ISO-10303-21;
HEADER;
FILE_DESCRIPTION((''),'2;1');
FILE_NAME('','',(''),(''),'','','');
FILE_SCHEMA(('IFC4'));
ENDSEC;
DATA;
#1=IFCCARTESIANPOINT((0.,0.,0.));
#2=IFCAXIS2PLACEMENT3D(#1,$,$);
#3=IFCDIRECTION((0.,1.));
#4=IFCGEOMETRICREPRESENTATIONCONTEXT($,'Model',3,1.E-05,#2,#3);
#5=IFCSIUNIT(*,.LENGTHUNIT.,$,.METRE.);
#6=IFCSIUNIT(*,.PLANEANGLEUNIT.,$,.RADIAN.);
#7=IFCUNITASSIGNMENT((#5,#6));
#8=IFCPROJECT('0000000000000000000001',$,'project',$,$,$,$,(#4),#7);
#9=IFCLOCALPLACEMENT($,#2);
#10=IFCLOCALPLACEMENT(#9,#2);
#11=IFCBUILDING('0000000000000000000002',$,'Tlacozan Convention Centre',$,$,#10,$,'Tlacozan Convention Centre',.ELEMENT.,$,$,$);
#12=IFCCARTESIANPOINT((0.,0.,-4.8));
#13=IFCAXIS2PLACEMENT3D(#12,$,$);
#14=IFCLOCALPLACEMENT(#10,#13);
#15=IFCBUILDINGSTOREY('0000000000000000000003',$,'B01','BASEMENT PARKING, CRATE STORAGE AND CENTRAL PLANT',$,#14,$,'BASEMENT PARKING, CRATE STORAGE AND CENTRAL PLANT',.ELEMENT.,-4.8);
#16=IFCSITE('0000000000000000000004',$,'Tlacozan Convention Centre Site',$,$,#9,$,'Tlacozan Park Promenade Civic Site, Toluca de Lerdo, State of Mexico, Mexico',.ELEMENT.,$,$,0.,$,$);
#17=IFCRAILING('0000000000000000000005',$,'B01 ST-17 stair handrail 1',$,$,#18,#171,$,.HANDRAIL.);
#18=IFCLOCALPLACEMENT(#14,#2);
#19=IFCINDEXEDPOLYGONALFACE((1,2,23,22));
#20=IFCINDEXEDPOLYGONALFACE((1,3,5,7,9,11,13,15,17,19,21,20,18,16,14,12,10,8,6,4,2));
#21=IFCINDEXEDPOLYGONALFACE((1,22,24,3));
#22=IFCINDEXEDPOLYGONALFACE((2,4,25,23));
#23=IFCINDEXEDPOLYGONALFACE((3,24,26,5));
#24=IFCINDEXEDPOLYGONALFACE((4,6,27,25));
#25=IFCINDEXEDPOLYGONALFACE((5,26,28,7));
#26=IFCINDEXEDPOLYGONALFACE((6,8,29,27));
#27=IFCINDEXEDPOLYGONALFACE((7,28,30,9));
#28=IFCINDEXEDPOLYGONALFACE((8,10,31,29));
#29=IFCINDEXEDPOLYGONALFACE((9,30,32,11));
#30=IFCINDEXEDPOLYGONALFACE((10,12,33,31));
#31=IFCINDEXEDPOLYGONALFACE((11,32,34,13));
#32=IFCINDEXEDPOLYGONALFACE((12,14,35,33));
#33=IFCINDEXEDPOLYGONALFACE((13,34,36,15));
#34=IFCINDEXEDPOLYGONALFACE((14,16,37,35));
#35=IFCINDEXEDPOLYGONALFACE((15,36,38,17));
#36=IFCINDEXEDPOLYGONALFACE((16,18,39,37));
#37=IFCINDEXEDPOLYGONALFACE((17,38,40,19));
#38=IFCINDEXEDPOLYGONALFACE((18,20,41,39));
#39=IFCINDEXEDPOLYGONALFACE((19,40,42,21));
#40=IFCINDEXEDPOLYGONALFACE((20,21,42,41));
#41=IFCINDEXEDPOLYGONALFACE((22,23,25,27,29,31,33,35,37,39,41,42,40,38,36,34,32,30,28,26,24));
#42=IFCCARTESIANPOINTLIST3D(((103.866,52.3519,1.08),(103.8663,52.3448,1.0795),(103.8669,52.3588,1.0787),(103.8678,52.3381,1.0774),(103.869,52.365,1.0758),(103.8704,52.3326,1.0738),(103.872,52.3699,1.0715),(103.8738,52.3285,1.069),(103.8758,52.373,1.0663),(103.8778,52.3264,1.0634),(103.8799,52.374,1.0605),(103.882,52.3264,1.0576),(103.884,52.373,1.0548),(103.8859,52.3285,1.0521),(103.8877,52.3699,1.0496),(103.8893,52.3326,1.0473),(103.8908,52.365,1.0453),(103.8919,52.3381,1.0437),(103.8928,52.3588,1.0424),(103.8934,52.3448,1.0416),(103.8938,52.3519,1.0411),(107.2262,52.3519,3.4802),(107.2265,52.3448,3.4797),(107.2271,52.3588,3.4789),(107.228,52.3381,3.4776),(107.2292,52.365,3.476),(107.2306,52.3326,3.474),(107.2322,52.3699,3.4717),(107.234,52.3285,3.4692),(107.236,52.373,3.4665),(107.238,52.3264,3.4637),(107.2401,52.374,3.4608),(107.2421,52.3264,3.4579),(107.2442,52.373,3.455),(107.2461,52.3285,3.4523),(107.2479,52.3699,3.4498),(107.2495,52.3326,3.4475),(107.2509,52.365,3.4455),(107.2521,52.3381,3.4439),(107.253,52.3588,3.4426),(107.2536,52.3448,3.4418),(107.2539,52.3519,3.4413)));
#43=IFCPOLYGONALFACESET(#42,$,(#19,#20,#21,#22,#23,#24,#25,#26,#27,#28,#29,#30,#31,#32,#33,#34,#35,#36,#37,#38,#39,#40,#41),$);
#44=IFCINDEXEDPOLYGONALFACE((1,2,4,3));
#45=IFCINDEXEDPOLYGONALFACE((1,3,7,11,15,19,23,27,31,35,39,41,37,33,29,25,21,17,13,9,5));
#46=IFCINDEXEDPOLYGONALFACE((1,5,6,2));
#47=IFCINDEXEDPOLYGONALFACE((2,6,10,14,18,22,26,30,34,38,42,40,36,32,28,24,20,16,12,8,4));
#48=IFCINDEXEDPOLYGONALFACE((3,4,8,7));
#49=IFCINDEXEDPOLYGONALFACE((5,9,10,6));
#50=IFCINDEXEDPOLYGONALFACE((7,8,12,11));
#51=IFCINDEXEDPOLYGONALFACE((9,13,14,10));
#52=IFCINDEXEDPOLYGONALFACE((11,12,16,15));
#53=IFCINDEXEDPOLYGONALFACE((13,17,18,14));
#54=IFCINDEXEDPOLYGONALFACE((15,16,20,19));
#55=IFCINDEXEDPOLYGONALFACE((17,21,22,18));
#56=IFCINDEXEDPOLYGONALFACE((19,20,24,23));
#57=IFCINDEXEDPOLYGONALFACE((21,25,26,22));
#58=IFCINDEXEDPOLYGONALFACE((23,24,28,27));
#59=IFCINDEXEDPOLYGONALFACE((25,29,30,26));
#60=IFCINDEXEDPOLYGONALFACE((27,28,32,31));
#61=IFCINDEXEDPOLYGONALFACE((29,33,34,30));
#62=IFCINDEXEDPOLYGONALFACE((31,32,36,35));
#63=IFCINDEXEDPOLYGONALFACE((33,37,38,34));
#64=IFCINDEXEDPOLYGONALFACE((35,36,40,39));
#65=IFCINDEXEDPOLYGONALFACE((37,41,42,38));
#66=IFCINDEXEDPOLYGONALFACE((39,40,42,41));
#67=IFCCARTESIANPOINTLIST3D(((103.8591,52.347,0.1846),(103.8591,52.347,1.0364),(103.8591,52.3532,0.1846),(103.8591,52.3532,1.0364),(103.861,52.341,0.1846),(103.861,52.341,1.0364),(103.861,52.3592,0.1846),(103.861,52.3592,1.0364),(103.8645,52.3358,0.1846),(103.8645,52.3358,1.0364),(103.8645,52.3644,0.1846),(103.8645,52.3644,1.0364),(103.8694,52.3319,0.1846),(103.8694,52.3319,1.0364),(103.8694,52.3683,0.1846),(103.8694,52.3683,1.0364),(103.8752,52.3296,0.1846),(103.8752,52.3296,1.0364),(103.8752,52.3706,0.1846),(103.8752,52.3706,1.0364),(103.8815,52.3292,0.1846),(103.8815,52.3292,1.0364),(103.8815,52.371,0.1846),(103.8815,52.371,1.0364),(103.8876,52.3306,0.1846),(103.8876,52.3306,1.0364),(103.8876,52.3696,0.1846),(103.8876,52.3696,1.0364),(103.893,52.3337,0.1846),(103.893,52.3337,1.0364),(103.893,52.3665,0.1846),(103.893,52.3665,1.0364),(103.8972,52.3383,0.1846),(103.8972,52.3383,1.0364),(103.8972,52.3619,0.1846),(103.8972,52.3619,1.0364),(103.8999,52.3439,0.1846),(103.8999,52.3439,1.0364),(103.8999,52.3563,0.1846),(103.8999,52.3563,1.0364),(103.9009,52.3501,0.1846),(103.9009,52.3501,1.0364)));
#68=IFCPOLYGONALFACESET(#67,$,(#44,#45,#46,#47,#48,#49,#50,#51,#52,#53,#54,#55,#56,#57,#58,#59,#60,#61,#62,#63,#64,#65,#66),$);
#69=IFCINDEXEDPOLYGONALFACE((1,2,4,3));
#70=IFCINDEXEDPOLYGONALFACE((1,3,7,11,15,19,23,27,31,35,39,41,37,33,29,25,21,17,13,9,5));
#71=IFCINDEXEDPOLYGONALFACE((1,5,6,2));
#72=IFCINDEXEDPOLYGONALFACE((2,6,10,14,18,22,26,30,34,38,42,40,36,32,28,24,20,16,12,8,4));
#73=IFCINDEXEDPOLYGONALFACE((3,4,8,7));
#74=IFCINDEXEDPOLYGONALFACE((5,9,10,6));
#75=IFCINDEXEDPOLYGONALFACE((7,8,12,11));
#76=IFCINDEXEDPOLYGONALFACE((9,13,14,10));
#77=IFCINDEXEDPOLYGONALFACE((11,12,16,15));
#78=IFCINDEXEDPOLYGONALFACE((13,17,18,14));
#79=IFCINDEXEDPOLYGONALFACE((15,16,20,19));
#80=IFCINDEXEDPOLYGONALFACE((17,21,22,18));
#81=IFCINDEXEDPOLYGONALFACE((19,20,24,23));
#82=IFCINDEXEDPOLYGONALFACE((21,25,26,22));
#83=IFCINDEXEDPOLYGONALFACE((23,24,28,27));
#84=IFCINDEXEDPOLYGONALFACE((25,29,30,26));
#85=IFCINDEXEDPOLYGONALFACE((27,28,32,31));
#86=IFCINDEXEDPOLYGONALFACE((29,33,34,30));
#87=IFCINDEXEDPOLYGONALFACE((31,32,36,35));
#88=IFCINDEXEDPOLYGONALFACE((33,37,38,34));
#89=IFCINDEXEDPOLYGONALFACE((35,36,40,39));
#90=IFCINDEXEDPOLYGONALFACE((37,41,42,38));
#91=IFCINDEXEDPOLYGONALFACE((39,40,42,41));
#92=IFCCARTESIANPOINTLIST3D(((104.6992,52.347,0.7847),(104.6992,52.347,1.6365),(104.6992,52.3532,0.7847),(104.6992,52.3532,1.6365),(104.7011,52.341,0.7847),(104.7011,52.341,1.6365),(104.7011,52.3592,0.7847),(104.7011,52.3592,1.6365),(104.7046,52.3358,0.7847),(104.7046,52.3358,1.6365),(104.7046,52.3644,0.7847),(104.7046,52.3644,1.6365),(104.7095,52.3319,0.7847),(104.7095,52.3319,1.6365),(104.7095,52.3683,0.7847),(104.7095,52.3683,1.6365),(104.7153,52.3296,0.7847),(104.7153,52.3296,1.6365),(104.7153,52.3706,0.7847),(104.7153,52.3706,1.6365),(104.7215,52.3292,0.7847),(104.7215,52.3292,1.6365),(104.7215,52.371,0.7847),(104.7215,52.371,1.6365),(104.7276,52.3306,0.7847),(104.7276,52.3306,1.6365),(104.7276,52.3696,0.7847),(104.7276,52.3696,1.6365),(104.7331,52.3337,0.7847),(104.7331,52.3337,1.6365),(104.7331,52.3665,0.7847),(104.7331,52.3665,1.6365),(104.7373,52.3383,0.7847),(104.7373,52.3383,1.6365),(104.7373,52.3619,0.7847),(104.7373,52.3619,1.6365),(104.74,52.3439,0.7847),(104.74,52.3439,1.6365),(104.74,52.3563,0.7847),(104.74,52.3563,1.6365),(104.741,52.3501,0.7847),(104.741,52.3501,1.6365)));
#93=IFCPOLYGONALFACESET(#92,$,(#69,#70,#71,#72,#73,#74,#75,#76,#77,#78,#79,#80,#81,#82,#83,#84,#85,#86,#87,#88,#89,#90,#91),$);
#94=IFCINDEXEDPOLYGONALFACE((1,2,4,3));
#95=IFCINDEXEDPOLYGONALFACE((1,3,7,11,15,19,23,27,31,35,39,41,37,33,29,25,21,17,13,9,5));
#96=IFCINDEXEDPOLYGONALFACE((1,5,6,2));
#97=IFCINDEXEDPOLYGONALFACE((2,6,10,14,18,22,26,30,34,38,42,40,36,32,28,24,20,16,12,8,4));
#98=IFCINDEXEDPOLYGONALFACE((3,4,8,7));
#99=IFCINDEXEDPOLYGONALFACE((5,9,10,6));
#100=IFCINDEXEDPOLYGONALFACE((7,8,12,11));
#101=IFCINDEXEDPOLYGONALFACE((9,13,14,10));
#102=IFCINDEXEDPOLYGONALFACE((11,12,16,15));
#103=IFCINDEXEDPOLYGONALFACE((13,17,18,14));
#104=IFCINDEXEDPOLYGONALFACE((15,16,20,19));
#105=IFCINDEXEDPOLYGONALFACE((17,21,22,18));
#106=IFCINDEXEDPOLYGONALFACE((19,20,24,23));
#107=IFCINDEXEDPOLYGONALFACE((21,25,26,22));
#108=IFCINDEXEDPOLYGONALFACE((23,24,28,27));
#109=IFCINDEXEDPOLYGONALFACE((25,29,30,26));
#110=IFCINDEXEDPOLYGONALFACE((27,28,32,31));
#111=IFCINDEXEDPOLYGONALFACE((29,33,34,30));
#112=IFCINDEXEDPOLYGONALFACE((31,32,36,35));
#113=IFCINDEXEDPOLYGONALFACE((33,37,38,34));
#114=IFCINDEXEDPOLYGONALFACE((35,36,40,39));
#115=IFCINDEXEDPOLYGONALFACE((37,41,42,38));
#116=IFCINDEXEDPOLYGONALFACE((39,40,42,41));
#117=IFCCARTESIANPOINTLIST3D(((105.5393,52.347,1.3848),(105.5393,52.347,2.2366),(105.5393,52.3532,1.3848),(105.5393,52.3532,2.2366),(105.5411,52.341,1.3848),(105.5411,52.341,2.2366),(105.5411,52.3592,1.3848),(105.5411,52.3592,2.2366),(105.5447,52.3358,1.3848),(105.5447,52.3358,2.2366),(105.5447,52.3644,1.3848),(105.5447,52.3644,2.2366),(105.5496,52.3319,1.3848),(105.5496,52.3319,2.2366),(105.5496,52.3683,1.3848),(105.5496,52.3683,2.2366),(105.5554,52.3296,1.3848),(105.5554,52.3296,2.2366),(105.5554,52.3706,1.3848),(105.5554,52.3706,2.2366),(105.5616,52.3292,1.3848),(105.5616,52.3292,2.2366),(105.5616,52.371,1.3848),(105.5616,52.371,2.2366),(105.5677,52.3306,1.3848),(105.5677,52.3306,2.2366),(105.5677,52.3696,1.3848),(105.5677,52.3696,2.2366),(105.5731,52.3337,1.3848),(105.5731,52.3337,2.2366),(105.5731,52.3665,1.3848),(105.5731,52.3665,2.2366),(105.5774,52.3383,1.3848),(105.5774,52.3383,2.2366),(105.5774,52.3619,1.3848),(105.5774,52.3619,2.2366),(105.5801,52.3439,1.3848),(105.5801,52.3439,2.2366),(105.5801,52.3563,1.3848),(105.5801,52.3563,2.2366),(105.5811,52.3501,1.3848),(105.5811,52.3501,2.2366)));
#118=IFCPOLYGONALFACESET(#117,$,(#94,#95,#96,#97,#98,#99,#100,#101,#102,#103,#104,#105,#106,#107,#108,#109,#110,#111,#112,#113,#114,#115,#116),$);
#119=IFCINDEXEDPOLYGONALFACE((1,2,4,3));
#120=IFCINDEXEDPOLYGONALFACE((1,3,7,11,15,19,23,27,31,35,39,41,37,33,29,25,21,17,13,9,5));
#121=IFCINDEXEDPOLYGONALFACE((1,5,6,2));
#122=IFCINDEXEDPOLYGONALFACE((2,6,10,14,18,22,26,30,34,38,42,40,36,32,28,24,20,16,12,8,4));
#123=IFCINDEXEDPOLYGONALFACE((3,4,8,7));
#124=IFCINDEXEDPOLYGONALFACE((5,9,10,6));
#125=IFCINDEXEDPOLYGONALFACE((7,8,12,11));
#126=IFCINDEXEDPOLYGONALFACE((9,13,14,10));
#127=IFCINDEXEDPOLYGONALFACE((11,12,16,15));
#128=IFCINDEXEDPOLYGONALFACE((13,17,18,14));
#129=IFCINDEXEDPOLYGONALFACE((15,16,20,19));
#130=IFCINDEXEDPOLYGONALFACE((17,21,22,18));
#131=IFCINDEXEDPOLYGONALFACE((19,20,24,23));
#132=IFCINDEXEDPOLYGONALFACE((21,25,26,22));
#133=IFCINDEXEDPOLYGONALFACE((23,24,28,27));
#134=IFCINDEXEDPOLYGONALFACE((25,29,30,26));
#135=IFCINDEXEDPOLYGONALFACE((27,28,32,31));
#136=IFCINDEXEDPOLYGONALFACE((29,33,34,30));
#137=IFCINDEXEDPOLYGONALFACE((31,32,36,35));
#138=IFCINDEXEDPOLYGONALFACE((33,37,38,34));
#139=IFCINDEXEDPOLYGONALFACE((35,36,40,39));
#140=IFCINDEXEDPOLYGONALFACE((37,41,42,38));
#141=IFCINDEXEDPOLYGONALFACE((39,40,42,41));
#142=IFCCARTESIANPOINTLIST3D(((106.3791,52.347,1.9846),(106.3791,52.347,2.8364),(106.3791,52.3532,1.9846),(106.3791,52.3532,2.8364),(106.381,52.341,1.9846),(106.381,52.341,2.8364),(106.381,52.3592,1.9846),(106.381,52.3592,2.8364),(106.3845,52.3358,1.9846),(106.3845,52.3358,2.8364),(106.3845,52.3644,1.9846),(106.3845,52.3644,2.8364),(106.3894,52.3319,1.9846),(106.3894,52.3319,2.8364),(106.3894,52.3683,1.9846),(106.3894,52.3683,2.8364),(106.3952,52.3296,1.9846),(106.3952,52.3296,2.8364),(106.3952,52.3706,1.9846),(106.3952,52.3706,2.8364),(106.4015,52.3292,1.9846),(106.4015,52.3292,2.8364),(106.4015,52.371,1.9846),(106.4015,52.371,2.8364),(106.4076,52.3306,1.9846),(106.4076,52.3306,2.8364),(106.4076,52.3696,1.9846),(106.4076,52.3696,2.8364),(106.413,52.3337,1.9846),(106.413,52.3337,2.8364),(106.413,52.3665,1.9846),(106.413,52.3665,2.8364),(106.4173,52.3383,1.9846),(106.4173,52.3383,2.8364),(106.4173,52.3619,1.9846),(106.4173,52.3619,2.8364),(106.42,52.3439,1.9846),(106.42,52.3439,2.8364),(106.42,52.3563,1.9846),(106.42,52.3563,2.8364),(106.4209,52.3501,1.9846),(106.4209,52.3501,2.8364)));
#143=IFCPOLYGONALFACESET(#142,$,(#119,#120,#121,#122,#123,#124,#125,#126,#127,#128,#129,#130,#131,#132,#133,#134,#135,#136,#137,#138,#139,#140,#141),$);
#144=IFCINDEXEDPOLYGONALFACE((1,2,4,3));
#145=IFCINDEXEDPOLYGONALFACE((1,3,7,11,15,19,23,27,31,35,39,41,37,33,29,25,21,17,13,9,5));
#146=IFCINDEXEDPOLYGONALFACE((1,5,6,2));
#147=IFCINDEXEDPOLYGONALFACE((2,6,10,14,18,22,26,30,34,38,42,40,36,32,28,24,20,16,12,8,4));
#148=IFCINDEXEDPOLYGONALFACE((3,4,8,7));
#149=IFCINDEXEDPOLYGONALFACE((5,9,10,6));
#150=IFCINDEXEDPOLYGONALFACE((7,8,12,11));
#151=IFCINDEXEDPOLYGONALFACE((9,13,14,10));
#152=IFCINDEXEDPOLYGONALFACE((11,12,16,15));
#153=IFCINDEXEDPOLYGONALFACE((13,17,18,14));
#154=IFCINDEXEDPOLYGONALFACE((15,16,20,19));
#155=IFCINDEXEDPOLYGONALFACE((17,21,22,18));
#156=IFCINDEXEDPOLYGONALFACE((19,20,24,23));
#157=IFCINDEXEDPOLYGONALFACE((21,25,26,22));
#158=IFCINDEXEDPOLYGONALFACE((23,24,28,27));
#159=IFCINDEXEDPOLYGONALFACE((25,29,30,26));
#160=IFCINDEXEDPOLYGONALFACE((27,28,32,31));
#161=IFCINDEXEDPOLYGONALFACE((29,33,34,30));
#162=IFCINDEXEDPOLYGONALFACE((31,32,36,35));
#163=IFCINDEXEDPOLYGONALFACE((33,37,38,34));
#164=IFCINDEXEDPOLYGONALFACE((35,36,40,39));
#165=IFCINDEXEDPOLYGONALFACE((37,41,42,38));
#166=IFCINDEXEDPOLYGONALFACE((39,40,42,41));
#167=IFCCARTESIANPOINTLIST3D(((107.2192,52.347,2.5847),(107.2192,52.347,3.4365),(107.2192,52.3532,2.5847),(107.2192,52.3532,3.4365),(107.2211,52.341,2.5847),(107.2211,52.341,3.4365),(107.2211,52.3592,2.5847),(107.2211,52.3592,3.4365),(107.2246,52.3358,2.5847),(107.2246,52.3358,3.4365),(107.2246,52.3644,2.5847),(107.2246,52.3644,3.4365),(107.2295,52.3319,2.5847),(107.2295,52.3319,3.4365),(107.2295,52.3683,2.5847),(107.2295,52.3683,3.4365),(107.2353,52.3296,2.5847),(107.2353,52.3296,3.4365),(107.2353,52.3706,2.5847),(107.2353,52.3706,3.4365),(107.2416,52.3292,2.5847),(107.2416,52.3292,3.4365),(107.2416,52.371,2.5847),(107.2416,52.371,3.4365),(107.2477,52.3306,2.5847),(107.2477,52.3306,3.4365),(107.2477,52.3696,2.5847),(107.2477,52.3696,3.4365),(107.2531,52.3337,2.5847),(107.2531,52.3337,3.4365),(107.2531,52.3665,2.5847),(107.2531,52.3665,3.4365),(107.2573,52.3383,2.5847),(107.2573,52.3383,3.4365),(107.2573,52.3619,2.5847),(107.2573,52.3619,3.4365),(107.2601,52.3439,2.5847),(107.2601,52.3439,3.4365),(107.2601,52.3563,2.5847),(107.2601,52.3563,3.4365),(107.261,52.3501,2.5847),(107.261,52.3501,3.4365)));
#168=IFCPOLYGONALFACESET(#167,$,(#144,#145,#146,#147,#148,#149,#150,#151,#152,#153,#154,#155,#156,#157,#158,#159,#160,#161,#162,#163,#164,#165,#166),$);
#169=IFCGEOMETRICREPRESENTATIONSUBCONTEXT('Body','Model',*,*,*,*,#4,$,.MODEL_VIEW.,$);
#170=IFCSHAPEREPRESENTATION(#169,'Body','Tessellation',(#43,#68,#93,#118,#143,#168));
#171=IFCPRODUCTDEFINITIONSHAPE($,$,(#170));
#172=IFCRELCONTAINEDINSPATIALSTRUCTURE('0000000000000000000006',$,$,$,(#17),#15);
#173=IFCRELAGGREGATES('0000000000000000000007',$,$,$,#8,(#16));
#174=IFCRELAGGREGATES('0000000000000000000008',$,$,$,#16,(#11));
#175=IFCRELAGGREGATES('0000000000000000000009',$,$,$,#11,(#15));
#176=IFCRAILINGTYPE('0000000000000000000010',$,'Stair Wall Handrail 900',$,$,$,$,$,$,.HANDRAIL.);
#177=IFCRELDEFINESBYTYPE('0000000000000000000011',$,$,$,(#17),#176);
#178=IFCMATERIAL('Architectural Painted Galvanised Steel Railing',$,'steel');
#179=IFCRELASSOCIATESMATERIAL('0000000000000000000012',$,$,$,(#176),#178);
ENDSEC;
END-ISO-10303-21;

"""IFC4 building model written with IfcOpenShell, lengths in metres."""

from ifc_helpers import new_model, si_unit, direction, frame, origin, origin_2d, place, context, subcontext, project, spatial, circle, extrude, material, type_object, element, save


model = new_model("IFC4")

# Units and contexts
model_context = context("Model", 3, precision=1e-05, world=origin(), true_north=direction((0.0, 1.0)))
body_context = subcontext(model_context, "Body", "Model", "MODEL_VIEW")
ifc_project = project(units=[si_unit("LENGTHUNIT", "METRE"), si_unit("PLANEANGLEUNIT", "RADIAN")], contexts=[model_context])

# Site, building, storey
site_placement = place(None, origin())
site = spatial("IfcSite", under=ifc_project, at=site_placement, Name="Tlacozan Convention Centre Site", LongName="Tlacozan Park Promenade Civic Site, Toluca de Lerdo, State of Mexico, Mexico", CompositionType="ELEMENT", RefElevation=0.0)
building_placement = place(site_placement, origin())
building = spatial("IfcBuilding", under=site, at=building_placement, Name="Tlacozan Convention Centre", LongName="Tlacozan Convention Centre", CompositionType="ELEMENT")
storey_placement = place(building_placement, frame((0.0, 0.0, -4.8)))
storey = spatial("IfcBuildingStorey", under=building, at=storey_placement, Name="B01", Description="BASEMENT PARKING, CRATE STORAGE AND CENTRAL PLANT", LongName="BASEMENT PARKING, CRATE STORAGE AND CENTRAL PLANT", CompositionType="ELEMENT", Elevation=-4.8)

# Railing
ifc_material_1 = material(Name="Architectural Painted Galvanised Steel Railing", Category="steel")
railing_type_1 = type_object("IfcRailingType", Name="Stair Wall Handrail 900", PredefinedType="HANDRAIL", material=ifc_material_1)
for number, where, name in (
    (1, (103.8799, 52.3501, 0.1846), "B01 ST-17 stair handrail 1"),
):
    element("IfcRailing", number, at=place(storey_placement, frame(where)), inside=storey, type_object=railing_type_1, Name=name, PredefinedType="HANDRAIL", context=body_context, shape_type="SweptSolid", body=[
        extrude(circle(Radius=0.0239, at=origin_2d()), frame((0.0, 0.0, 0.876), z_axis=(0.813725, 0.0, 0.581249), x_axis=(0.0, 1.0, 0.0)), (0.0, 0.0, 1.0), 4.1294),
        extrude(circle(Radius=0.021, at=origin_2d()), origin(), (0.0, 0.0, 1.0), 0.8518),
        extrude(circle(Radius=0.021, at=origin_2d()), frame((0.8401, 0.0, 0.6001)), (0.0, 0.0, 1.0), 0.8518),
        extrude(circle(Radius=0.021, at=origin_2d()), frame((1.6802, 0.0, 1.2002)), (0.0, 0.0, 1.0), 0.8518),
        extrude(circle(Radius=0.021, at=origin_2d()), frame((2.52, 0.0, 1.8)), (0.0, 0.0, 1.0), 0.8518),
        extrude(circle(Radius=0.021, at=origin_2d()), frame((3.3601, 0.0, 2.4001)), (0.0, 0.0, 1.0), 0.8518),
    ])

save(model, "model.ifc")
